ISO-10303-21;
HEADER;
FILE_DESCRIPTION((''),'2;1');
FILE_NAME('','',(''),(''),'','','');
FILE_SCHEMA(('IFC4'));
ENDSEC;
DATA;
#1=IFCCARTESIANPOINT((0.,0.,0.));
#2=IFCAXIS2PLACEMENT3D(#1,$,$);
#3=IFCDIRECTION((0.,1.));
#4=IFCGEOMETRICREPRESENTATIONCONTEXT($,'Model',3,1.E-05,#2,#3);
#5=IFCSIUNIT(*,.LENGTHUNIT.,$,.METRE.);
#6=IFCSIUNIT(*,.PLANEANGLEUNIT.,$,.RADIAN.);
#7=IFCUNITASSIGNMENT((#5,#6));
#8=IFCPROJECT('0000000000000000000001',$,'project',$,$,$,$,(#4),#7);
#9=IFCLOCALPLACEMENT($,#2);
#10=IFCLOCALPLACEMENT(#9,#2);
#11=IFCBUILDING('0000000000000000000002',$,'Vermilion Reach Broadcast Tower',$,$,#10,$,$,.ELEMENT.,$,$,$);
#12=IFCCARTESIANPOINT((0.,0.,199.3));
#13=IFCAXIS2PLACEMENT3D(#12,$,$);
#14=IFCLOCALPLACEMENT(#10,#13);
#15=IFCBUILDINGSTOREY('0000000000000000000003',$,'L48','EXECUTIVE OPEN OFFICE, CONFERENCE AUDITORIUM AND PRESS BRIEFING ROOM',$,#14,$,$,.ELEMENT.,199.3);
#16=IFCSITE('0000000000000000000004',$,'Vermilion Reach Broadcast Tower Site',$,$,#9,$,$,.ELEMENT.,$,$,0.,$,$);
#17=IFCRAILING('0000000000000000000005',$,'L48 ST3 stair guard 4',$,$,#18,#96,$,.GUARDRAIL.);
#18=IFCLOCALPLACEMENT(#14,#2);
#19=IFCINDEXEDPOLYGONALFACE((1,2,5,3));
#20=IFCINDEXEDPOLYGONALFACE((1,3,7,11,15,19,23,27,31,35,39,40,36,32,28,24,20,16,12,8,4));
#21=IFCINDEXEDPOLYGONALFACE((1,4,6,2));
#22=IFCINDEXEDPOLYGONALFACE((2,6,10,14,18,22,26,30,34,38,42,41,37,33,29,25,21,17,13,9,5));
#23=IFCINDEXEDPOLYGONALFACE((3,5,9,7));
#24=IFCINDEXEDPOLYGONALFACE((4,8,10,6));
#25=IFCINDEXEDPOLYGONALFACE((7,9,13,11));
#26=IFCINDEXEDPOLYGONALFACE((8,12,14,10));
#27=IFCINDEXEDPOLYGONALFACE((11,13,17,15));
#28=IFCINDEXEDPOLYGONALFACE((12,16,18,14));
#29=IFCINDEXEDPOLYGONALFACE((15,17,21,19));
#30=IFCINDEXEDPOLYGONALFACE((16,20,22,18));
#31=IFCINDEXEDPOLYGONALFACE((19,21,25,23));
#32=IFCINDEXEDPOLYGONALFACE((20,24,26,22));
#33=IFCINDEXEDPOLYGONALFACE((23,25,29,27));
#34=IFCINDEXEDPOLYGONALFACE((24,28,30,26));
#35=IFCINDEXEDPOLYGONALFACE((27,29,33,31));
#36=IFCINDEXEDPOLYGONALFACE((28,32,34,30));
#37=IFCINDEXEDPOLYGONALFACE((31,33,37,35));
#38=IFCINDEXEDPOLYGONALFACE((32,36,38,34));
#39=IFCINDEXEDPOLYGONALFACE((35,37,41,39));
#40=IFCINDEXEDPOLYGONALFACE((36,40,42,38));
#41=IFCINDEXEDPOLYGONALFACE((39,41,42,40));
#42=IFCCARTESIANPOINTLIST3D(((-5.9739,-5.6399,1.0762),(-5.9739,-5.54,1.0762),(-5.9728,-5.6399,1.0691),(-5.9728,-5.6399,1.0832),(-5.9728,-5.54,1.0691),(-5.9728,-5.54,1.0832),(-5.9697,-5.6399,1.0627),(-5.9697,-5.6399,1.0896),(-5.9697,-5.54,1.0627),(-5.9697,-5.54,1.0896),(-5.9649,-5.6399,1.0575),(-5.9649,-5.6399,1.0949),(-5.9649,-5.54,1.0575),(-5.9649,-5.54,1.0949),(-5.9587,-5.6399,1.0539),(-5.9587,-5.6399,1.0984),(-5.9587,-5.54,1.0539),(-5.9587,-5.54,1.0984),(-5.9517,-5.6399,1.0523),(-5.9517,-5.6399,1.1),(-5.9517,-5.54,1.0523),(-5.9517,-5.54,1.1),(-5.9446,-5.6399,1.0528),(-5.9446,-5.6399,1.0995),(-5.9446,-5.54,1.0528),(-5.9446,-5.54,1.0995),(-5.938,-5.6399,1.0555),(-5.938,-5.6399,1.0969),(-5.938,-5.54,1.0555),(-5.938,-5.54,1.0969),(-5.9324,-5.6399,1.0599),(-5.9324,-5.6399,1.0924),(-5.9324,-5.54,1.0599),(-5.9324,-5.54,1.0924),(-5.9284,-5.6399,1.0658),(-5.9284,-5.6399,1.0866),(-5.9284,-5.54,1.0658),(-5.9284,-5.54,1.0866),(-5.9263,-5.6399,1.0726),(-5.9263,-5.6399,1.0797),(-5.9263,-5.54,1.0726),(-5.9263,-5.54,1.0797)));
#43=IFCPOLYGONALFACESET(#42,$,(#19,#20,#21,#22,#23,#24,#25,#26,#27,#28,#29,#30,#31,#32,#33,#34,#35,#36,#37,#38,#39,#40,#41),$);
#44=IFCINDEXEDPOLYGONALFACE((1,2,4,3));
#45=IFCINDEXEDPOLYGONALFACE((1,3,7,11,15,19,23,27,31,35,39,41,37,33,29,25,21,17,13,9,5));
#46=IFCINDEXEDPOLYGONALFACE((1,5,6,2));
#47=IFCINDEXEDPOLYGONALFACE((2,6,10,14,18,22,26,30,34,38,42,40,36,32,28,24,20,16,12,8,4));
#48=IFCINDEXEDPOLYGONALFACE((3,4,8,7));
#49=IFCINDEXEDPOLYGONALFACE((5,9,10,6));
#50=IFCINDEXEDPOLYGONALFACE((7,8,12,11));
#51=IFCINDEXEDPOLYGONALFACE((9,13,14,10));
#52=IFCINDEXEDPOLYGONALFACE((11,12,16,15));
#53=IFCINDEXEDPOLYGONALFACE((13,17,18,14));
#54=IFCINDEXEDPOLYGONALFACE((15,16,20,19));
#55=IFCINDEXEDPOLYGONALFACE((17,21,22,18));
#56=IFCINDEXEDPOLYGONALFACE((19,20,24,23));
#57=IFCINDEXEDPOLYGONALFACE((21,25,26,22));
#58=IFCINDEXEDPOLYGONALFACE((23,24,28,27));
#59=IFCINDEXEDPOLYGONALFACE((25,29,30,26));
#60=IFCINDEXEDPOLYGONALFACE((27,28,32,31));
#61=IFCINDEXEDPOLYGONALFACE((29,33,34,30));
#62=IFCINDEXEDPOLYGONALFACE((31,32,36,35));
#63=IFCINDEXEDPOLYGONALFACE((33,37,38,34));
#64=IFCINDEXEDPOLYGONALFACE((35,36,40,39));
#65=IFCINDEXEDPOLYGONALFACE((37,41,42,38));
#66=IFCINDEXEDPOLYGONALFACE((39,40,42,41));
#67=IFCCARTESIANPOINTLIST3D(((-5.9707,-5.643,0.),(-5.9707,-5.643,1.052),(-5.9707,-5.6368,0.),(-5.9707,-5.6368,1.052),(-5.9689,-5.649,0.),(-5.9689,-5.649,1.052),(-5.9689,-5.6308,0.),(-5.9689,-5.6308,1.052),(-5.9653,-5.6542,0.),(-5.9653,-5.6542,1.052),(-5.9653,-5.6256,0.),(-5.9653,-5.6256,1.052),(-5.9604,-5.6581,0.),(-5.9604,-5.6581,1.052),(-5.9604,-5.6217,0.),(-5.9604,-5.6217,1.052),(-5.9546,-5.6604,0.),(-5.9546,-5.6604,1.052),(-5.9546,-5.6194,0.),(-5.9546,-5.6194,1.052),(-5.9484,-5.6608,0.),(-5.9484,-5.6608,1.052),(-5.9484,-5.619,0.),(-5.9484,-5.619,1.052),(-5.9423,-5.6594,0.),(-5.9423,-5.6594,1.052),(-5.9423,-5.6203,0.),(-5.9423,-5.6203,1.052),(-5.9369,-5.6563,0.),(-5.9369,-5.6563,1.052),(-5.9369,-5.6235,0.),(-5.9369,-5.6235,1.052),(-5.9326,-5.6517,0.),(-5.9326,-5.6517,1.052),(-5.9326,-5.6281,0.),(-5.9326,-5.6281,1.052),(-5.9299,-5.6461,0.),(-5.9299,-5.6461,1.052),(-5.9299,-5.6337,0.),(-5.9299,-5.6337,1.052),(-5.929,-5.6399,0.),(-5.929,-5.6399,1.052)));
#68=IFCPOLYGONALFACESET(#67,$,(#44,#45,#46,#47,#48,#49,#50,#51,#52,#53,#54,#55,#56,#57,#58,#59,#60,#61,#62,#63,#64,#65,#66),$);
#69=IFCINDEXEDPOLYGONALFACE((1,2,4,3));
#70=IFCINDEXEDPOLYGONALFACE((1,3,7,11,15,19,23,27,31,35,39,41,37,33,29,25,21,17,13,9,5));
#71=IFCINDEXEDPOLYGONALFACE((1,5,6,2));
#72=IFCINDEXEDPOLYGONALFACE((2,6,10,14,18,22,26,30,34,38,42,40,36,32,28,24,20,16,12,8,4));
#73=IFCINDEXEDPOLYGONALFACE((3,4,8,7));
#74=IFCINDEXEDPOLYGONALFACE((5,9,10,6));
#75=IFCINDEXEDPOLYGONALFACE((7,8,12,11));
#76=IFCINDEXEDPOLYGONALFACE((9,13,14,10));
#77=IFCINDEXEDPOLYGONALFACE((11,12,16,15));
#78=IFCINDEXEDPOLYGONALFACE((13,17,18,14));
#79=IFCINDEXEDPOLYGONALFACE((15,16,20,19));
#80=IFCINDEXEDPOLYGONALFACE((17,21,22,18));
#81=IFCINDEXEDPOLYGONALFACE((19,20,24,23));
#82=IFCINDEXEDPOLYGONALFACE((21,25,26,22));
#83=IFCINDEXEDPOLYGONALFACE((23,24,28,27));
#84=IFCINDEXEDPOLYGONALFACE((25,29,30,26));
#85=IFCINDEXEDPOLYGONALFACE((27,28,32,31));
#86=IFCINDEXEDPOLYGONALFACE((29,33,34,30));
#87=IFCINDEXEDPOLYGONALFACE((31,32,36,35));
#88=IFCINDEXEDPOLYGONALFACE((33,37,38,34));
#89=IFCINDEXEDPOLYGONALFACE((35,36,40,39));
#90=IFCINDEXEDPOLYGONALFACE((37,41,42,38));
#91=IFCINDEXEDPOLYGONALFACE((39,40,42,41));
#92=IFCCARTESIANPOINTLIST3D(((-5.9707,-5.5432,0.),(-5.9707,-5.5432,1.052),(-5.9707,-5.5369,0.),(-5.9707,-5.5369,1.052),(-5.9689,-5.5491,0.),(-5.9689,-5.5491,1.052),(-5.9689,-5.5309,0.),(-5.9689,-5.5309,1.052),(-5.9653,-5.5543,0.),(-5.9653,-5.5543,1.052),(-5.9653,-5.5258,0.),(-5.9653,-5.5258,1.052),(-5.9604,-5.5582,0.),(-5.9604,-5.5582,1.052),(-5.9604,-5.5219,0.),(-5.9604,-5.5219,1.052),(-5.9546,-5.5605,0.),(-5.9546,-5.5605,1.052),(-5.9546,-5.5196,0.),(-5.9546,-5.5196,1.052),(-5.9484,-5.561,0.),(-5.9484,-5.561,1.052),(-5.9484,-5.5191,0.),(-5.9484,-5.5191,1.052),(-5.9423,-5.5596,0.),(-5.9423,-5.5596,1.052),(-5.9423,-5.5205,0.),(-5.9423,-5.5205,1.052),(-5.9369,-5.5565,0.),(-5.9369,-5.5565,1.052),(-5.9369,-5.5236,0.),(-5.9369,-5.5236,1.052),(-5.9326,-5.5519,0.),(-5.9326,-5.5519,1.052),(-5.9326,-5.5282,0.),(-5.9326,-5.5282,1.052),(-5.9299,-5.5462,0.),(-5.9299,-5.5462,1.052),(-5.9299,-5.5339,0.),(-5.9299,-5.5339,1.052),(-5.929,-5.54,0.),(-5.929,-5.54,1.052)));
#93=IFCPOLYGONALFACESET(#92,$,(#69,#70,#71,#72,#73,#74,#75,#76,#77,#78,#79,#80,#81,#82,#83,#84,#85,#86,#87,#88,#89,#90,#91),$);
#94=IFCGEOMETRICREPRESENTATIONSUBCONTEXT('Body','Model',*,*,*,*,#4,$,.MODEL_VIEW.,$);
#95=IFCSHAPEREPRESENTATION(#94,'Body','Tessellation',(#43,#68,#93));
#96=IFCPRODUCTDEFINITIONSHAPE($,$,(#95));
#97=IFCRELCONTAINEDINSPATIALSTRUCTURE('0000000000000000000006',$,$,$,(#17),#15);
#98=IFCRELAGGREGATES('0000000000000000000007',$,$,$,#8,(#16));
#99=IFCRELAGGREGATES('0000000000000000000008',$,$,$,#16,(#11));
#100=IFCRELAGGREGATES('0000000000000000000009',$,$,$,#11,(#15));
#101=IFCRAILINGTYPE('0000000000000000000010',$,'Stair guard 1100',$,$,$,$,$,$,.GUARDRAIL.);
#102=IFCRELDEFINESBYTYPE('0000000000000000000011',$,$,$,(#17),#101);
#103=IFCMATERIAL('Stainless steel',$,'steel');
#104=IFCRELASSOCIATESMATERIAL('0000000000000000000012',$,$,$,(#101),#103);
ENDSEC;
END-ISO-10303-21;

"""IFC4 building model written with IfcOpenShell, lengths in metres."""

from ifc_helpers import new_model, si_unit, direction, frame, origin, origin_2d, place, context, subcontext, project, spatial, circle, extrude, material, type_object, element, save


model = new_model("IFC4")

# Units and contexts
model_context = context("Model", 3, precision=1e-05, world=origin(), true_north=direction((0.0, 1.0)))
body_context = subcontext(model_context, "Body", "Model", "MODEL_VIEW")
ifc_project = project(units=[si_unit("LENGTHUNIT", "METRE"), si_unit("PLANEANGLEUNIT", "RADIAN")], contexts=[model_context])

# Site, building, storey
site_placement = place(None, origin())
site = spatial("IfcSite", under=ifc_project, at=site_placement, Name="Vermilion Reach Broadcast Tower Site", CompositionType="ELEMENT", RefElevation=0.0)
building_placement = place(site_placement, origin())
building = spatial("IfcBuilding", under=site, at=building_placement, Name="Vermilion Reach Broadcast Tower", CompositionType="ELEMENT")
storey_placement = place(building_placement, frame((0.0, 0.0, 199.3)))
storey = spatial("IfcBuildingStorey", under=building, at=storey_placement, Name="L48", Description="EXECUTIVE OPEN OFFICE, CONFERENCE AUDITORIUM AND PRESS BRIEFING ROOM", CompositionType="ELEMENT", Elevation=199.3)

# Railing
ifc_material_1 = material(Name="Stainless steel", Category="steel")
railing_type = type_object("IfcRailingType", Name="Stair guard 1100", PredefinedType="GUARDRAIL", material=ifc_material_1)
railing_1_placement = place(storey_placement, frame((-5.95, -5.6399, 0.0)))
element("IfcRailing", 1, at=railing_1_placement, inside=storey, type_object=railing_type, Name="L48 ST3 stair guard 4", PredefinedType="GUARDRAIL", context=body_context, shape_type="SweptSolid", body=[
    extrude(circle(Radius=0.0239, at=origin_2d()), frame((0.0, 0.0, 1.0762), z_axis=(0.0, 1.0, 0.0), x_axis=(-1.0, 0.0, 0.0)), (0.0, 0.0, 1.0), 0.0999),
    extrude(circle(Radius=0.021, at=origin_2d()), origin(), (0.0, 0.0, 1.0), 1.052),
    extrude(circle(Radius=0.021, at=origin_2d()), frame((0.0, 0.0999, 0.0)), (0.0, 0.0, 1.0), 1.052),
])

save(model, "model.ifc")
